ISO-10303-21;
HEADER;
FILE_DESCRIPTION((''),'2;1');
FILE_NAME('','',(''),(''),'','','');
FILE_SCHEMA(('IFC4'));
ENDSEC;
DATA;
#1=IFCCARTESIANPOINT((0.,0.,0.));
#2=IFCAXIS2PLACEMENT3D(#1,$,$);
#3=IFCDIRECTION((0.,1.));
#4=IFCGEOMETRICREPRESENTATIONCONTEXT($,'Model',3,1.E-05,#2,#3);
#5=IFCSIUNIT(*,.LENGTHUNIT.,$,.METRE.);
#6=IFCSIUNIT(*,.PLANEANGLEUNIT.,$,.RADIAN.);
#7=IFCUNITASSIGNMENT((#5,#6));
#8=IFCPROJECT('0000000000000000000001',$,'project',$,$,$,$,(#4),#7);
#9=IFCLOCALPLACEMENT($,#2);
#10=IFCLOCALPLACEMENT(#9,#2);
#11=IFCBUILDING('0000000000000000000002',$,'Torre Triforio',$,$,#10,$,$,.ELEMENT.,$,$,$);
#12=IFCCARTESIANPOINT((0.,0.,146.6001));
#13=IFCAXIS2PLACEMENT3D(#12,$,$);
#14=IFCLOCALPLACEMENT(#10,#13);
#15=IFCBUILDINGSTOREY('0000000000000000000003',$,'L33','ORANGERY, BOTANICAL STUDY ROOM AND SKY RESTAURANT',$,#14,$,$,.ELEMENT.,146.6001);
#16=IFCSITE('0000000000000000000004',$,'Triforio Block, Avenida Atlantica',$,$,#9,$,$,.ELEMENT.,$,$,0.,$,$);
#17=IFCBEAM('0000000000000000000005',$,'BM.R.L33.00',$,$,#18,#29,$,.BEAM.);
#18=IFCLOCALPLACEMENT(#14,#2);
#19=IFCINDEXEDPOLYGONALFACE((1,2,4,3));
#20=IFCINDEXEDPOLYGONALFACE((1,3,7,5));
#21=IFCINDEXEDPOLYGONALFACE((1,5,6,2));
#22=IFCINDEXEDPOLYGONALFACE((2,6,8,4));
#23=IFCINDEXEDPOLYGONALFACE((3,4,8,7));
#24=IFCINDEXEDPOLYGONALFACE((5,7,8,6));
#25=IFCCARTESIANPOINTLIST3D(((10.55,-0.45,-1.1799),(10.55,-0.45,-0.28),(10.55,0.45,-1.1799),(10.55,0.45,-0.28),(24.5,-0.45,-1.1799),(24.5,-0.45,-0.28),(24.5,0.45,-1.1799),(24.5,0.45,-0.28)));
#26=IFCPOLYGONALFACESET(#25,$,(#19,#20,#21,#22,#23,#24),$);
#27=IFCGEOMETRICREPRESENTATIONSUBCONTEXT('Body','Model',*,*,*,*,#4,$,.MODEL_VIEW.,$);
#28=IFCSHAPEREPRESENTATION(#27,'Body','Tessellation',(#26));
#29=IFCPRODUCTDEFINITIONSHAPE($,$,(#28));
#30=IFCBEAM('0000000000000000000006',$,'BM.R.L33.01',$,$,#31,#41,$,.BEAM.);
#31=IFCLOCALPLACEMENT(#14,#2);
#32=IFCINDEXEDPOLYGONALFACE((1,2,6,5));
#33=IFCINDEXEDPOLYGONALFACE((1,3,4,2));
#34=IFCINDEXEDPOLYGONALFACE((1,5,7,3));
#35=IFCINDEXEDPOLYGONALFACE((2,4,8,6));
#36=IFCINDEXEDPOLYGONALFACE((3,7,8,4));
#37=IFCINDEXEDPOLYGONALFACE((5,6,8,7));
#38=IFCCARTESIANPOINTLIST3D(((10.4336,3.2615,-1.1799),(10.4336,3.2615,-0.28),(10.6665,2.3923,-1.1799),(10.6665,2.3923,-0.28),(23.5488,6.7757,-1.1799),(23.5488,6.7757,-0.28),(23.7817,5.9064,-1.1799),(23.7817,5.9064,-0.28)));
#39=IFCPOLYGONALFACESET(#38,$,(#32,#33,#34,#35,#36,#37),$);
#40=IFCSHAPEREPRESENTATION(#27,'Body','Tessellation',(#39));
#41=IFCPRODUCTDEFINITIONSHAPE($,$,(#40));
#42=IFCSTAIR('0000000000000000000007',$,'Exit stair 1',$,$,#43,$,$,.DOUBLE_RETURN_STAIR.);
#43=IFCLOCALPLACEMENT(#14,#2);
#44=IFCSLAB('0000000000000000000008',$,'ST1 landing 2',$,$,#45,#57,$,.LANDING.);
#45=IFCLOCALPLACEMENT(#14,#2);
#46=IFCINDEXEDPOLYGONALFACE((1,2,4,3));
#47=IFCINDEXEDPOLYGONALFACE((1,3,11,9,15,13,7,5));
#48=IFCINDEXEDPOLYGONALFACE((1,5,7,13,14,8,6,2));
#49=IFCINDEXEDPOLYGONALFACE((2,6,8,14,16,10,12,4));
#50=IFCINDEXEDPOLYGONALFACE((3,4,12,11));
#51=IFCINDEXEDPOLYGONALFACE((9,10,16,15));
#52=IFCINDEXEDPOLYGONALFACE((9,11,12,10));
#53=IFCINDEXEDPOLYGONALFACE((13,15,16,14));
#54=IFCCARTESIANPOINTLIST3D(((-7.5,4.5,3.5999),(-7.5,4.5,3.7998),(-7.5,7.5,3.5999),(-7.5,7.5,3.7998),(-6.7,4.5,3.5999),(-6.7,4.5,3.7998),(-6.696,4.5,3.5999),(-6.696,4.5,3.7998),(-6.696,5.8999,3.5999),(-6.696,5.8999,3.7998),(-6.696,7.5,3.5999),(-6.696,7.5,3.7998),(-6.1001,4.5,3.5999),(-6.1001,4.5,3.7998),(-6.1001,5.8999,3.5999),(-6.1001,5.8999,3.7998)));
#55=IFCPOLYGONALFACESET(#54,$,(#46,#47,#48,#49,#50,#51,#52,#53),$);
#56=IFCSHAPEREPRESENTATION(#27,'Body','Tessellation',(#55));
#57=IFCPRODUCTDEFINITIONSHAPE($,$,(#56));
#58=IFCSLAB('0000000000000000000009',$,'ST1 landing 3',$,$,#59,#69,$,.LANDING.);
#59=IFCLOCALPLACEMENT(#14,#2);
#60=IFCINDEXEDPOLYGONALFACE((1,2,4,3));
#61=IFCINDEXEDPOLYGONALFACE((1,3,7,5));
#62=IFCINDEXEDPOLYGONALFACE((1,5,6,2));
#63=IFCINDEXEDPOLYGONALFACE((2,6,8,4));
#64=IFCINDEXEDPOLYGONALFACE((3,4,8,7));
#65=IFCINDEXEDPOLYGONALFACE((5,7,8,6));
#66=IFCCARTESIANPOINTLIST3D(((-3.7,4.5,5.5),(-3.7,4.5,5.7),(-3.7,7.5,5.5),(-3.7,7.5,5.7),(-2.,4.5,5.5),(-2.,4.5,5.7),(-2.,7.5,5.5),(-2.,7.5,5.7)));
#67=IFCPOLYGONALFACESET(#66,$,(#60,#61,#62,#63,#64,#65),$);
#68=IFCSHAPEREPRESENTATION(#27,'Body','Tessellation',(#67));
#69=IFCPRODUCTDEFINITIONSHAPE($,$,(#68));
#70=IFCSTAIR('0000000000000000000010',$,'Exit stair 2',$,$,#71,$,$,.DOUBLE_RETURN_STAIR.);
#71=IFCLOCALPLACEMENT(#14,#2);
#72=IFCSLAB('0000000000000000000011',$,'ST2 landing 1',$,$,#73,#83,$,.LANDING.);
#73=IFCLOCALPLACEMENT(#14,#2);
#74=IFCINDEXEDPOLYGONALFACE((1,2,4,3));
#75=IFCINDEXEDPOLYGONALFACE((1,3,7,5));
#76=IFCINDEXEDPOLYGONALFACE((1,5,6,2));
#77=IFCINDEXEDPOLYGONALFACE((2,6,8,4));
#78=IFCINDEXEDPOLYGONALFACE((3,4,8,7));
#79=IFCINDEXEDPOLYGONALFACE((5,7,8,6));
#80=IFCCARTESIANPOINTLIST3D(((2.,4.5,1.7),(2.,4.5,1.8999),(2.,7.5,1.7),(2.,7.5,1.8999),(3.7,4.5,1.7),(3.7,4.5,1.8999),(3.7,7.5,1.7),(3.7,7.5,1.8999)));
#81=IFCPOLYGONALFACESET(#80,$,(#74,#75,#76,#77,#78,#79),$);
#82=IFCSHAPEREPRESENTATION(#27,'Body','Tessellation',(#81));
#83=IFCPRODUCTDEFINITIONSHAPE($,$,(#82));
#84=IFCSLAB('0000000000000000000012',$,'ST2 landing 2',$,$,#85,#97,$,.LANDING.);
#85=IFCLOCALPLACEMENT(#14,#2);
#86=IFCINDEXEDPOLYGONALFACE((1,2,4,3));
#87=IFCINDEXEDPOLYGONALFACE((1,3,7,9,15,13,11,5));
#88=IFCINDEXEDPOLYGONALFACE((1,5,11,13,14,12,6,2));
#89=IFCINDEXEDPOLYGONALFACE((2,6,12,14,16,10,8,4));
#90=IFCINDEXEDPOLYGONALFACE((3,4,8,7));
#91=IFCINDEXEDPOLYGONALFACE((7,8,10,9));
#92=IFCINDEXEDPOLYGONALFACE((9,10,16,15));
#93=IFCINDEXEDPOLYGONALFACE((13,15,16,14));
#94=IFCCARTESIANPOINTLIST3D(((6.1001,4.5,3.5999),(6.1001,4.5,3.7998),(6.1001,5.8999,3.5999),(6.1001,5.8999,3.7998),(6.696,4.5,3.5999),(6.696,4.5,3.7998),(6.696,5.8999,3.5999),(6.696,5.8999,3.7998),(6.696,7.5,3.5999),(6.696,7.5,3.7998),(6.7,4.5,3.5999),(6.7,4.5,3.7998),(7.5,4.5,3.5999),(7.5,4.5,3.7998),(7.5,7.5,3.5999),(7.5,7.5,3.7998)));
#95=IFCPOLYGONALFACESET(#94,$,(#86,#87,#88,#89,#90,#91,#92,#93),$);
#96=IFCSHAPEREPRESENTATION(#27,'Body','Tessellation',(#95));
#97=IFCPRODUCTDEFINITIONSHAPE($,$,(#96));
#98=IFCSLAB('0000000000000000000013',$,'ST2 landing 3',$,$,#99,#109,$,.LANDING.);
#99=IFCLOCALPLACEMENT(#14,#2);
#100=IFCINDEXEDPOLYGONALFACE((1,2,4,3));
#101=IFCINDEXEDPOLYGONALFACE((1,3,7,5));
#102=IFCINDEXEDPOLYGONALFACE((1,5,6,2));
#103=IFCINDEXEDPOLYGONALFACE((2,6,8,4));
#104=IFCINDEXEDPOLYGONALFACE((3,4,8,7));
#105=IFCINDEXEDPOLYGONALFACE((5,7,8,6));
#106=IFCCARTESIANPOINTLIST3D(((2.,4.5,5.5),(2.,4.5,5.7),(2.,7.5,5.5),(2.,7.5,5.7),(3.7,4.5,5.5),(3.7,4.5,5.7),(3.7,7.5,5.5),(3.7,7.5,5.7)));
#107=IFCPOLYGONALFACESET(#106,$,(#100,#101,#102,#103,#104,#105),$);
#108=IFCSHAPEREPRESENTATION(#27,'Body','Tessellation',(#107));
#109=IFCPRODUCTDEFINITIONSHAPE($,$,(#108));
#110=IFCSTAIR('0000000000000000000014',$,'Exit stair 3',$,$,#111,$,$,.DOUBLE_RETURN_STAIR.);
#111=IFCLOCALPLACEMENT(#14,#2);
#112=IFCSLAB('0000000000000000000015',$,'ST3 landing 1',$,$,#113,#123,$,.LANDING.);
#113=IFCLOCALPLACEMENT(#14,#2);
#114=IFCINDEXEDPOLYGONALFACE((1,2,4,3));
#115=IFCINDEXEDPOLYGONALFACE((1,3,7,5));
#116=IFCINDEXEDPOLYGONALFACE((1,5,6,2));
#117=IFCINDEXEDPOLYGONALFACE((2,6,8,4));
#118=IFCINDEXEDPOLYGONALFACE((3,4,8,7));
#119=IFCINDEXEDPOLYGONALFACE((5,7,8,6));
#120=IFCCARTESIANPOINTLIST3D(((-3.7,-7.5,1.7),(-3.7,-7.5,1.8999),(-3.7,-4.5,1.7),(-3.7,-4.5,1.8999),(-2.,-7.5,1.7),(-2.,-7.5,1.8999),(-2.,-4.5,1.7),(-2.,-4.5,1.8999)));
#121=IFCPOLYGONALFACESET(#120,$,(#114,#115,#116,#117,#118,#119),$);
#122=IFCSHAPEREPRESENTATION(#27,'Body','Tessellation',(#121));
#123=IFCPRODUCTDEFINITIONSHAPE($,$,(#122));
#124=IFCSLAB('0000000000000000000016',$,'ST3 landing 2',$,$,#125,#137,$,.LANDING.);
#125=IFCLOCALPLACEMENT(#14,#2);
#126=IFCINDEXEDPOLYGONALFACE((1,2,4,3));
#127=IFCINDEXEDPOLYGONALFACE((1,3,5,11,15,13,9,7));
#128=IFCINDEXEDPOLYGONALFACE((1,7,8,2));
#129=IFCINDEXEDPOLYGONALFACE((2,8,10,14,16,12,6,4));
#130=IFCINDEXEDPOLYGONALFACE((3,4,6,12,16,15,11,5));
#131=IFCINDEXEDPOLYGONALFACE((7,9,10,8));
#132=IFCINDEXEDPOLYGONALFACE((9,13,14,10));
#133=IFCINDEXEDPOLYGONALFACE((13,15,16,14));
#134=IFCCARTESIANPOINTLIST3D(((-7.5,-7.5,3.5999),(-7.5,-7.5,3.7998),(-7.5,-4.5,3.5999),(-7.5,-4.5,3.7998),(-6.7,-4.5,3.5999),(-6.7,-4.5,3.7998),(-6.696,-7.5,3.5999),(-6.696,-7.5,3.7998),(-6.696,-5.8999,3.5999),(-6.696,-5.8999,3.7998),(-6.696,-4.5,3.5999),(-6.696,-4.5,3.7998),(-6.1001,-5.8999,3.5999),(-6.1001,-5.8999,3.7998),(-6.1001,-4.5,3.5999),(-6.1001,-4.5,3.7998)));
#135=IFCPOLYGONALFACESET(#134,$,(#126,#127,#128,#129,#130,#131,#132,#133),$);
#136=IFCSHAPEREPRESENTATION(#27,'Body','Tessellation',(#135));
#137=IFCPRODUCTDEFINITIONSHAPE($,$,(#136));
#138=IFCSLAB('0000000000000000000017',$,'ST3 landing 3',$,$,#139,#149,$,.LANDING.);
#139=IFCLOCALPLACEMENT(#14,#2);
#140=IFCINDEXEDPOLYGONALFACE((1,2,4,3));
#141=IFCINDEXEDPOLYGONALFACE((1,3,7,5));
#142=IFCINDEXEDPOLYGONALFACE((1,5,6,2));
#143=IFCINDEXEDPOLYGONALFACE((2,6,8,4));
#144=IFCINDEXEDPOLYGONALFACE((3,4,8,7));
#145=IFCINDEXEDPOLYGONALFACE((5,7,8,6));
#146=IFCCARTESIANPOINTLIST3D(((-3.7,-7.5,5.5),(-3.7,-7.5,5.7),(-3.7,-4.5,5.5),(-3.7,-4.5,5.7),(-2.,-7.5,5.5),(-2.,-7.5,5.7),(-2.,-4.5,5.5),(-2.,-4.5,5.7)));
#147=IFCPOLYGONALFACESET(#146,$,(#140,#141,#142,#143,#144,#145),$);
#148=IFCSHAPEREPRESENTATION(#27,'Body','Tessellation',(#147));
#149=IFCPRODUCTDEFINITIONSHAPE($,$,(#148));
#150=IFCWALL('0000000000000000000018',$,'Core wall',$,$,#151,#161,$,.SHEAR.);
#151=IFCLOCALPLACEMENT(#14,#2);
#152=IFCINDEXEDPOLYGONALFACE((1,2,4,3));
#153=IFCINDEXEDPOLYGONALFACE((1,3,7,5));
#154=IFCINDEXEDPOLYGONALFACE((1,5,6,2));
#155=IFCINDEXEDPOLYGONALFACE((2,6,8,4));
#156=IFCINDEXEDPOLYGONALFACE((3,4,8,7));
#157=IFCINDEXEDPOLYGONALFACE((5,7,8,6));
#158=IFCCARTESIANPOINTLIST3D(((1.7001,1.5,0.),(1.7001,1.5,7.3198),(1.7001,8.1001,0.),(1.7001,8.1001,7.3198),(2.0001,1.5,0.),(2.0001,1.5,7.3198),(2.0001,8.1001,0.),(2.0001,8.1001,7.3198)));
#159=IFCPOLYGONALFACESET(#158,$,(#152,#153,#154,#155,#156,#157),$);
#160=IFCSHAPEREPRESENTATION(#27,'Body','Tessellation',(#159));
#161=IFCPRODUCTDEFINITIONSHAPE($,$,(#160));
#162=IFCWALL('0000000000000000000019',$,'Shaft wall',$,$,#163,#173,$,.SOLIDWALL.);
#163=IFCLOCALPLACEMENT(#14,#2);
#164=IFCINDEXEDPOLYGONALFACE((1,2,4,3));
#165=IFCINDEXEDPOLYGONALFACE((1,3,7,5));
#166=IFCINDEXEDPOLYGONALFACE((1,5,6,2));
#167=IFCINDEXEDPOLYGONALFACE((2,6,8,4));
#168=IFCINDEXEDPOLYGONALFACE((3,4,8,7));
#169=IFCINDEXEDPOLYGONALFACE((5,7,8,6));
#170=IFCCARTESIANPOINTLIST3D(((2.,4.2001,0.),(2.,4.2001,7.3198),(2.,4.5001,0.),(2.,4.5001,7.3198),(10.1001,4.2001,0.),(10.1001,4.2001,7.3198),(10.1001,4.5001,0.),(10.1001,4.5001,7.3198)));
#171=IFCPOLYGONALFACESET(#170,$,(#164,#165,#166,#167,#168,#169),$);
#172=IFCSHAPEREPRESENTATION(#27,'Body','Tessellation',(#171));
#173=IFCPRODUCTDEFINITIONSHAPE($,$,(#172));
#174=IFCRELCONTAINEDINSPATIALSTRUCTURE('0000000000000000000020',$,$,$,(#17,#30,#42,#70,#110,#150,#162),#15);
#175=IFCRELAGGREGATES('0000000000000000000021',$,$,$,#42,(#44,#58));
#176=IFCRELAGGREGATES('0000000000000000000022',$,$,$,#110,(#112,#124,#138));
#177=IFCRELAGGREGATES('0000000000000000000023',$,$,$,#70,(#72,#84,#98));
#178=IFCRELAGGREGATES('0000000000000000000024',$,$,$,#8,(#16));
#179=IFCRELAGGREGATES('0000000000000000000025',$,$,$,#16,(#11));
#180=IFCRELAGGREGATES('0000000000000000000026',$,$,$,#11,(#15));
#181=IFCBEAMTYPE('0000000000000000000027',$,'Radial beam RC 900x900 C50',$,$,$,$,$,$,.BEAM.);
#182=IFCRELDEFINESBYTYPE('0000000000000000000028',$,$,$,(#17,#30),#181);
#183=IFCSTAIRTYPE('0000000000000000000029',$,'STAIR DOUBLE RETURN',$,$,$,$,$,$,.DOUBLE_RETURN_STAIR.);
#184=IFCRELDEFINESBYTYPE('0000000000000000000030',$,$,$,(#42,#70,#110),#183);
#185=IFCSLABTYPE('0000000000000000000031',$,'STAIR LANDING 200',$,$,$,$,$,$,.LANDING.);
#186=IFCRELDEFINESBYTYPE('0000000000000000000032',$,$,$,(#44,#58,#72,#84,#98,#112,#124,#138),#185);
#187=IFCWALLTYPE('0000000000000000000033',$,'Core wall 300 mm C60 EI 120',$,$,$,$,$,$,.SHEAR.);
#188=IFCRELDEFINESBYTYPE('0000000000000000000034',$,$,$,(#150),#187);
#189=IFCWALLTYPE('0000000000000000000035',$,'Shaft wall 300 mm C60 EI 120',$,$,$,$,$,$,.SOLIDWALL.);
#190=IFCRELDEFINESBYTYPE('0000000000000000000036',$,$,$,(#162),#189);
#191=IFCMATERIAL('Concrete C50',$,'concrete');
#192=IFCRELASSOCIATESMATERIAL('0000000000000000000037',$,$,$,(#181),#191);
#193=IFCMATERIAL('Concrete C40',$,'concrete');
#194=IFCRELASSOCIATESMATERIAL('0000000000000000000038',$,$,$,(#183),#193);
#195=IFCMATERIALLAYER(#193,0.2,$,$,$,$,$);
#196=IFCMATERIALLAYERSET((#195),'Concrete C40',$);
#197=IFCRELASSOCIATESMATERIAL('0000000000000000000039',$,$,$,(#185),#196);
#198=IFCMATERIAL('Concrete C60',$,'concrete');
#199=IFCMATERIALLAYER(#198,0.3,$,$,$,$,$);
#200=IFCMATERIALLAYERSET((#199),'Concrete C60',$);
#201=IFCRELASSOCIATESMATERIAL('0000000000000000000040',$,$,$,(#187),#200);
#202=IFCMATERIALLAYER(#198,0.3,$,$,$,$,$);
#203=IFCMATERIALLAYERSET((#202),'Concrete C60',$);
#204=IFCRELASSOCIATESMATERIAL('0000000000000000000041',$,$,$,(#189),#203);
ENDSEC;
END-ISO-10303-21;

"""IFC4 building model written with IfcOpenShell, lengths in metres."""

from ifc_helpers import new_model, si_unit, direction, frame, frame_2d, origin, origin_2d, place, context, subcontext, project, spatial, polyline, rectangle, outline, extrude, material, layer, layer_set, material_profile, profile_set, type_object, element, aggregate, save


model = new_model("IFC4")

# Units and contexts
model_context = context("Model", 3, precision=1e-05, world=origin(), true_north=direction((0.0, 1.0)))
body_context = subcontext(model_context, "Body", "Model", "MODEL_VIEW")
ifc_project = project(units=[si_unit("LENGTHUNIT", "METRE"), si_unit("PLANEANGLEUNIT", "RADIAN")], contexts=[model_context])

# Site, building, storey
site_placement = place(None, origin())
site = spatial("IfcSite", under=ifc_project, at=site_placement, Name="Triforio Block, Avenida Atlantica", CompositionType="ELEMENT", RefElevation=0.0)
building_placement = place(site_placement, origin())
building = spatial("IfcBuilding", under=site, at=building_placement, Name="Torre Triforio", CompositionType="ELEMENT")
storey_placement = place(building_placement, frame((0.0, 0.0, 146.6001)))
storey = spatial("IfcBuildingStorey", under=building, at=storey_placement, Name="L33", Description="ORANGERY, BOTANICAL STUDY ROOM AND SKY RESTAURANT", CompositionType="ELEMENT", Elevation=146.6001)

# Beams
ifc_material_1 = material(Name="Concrete C50", Category="concrete")
ifc_material_profile = material_profile(ifc_material_1, rectangle(XDim=0.8999, YDim=0.8999, at=origin_2d()), Name="RC 900x900")
ifc_profile_set = profile_set([ifc_material_profile], Name="Concrete C50")
beam_type = type_object("IfcBeamType", Name="Radial beam RC 900x900 C50", PredefinedType="BEAM", material=ifc_profile_set)
beam_1_placement = place(storey_placement, frame((10.55, 0.0, -0.73), z_axis=(1.0, 0.0, 0.0), x_axis=(0.0, 1.0, 0.0)))
element("IfcBeam", 1, at=beam_1_placement, inside=storey, type_object=beam_type, Name="BM.R.L33.00", PredefinedType="BEAM", context=body_context, shape_type="SweptSolid", body=[
    extrude(rectangle(XDim=0.8999, YDim=0.8999, at=origin_2d()), origin(), (0.0, 0.0, 1.0), 13.95),
])
beam_2_placement = place(storey_placement, frame((10.55, 2.8269, -0.73), z_axis=(0.965927, 0.258815, 0.0), x_axis=(-0.258815, 0.965927, 0.0)))
element("IfcBeam", 2, at=beam_2_placement, inside=storey, type_object=beam_type, Name="BM.R.L33.01", PredefinedType="BEAM", context=body_context, shape_type="SweptSolid", body=[
    extrude(rectangle(XDim=0.8999, YDim=0.8999, at=origin_2d()), origin(), (0.0, 0.0, 1.0), 13.5779),
])

# Stairs, slabs
ifc_material_2 = material(Name="Concrete C40", Category="concrete")
stair_type = type_object("IfcStairType", Name="STAIR DOUBLE RETURN", PredefinedType="DOUBLE_RETURN_STAIR", material=ifc_material_2)
stair_1_placement = place(storey_placement, origin())
stair_1 = element("IfcStair", 3, at=stair_1_placement, inside=storey, type_object=stair_type, Name="Exit stair 1", PredefinedType="DOUBLE_RETURN_STAIR")
ifc_layer_1 = layer(ifc_material_2, 0.2)
ifc_layer_set_1 = layer_set([ifc_layer_1], Name="Concrete C40")
slab_type = type_object("IfcSlabType", Name="STAIR LANDING 200", PredefinedType="LANDING", material=ifc_layer_set_1)
slab_1_placement = place(storey_placement, frame((0.0, 0.0, 3.5999)))
slab_1 = element("IfcSlab", 4, at=slab_1_placement, type_object=slab_type, Name="ST1 landing 2", PredefinedType="LANDING", context=body_context, shape_type="SweptSolid", body=[
    extrude(outline(polyline([(-6.1001, 5.8999), (-6.1001, 4.5), (-6.696, 4.5), (-6.7, 4.5), (-7.5, 4.5), (-7.5, 7.5), (-6.696, 7.5), (-6.696, 5.8999), (-6.1001, 5.8999)])), origin(), (0.0, 0.0, 1.0), 0.2),
])
slab_2_placement = place(storey_placement, frame((0.0, 0.0, 5.5)))
slab_2 = element("IfcSlab", 5, at=slab_2_placement, type_object=slab_type, Name="ST1 landing 3", PredefinedType="LANDING", context=body_context, shape_type="SweptSolid", body=[
    extrude(outline(polyline([(-2.0, 4.5), (-2.0, 7.5), (-3.7, 7.5), (-3.7, 4.5), (-2.0, 4.5)])), origin(), (0.0, 0.0, 1.0), 0.2),
])
aggregate(stair_1, [slab_1, slab_2])
stair_2_placement = place(storey_placement, origin())
stair_2 = element("IfcStair", 6, at=stair_2_placement, inside=storey, type_object=stair_type, Name="Exit stair 2", PredefinedType="DOUBLE_RETURN_STAIR")
slab_3_placement = place(storey_placement, frame((0.0, 0.0, 1.7)))
slab_3 = element("IfcSlab", 7, at=slab_3_placement, type_object=slab_type, Name="ST2 landing 1", PredefinedType="LANDING", context=body_context, shape_type="SweptSolid", body=[
    extrude(outline(polyline([(3.7, 4.5), (3.7, 7.5), (2.0, 7.5), (2.0, 4.5), (3.7, 4.5)])), origin(), (0.0, 0.0, 1.0), 0.2),
])
slab_4_placement = place(storey_placement, frame((0.0, 0.0, 3.5999)))
slab_4 = element("IfcSlab", 8, at=slab_4_placement, type_object=slab_type, Name="ST2 landing 2", PredefinedType="LANDING", context=body_context, shape_type="SweptSolid", body=[
    extrude(outline(polyline([(6.1001, 4.5), (6.1001, 5.8999), (6.696, 5.8999), (6.696, 7.5), (7.5, 7.5), (7.5, 4.5), (6.7, 4.5), (6.696, 4.5), (6.1001, 4.5)])), origin(), (0.0, 0.0, 1.0), 0.2),
])
slab_5_placement = place(storey_placement, frame((0.0, 0.0, 5.5)))
slab_5 = element("IfcSlab", 9, at=slab_5_placement, type_object=slab_type, Name="ST2 landing 3", PredefinedType="LANDING", context=body_context, shape_type="SweptSolid", body=[
    extrude(outline(polyline([(3.7, 4.5), (3.7, 7.5), (2.0, 7.5), (2.0, 4.5), (3.7, 4.5)])), origin(), (0.0, 0.0, 1.0), 0.2),
])
stair_3_placement = place(storey_placement, origin())
stair_3 = element("IfcStair", 10, at=stair_3_placement, inside=storey, type_object=stair_type, Name="Exit stair 3", PredefinedType="DOUBLE_RETURN_STAIR")
slab_6_placement = place(storey_placement, frame((0.0, 0.0, 1.7)))
slab_6 = element("IfcSlab", 11, at=slab_6_placement, type_object=slab_type, Name="ST3 landing 1", PredefinedType="LANDING", context=body_context, shape_type="SweptSolid", body=[
    extrude(outline(polyline([(-2.0, -7.5), (-2.0, -4.5), (-3.7, -4.5), (-3.7, -7.5), (-2.0, -7.5)])), origin(), (0.0, 0.0, 1.0), 0.2),
])
slab_7_placement = place(storey_placement, frame((0.0, 0.0, 3.5999)))
slab_7 = element("IfcSlab", 12, at=slab_7_placement, type_object=slab_type, Name="ST3 landing 2", PredefinedType="LANDING", context=body_context, shape_type="SweptSolid", body=[
    extrude(outline(polyline([(-6.696, -7.5), (-7.5, -7.5), (-7.5, -4.5), (-6.7, -4.5), (-6.696, -4.5), (-6.1001, -4.5), (-6.1001, -5.8999), (-6.696, -5.8999), (-6.696, -7.5)])), origin(), (0.0, 0.0, 1.0), 0.2),
])
slab_8_placement = place(storey_placement, frame((0.0, 0.0, 5.5)))
slab_8 = element("IfcSlab", 13, at=slab_8_placement, type_object=slab_type, Name="ST3 landing 3", PredefinedType="LANDING", context=body_context, shape_type="SweptSolid", body=[
    extrude(outline(polyline([(-2.0, -7.5), (-2.0, -4.5), (-3.7, -4.5), (-3.7, -7.5), (-2.0, -7.5)])), origin(), (0.0, 0.0, 1.0), 0.2),
])
aggregate(stair_3, [slab_6, slab_7, slab_8])

# Walls
ifc_material_3 = material(Name="Concrete C60", Category="concrete")
ifc_layer_2 = layer(ifc_material_3, 0.3)
ifc_layer_set_2 = layer_set([ifc_layer_2], Name="Concrete C60")
wall_type_1 = type_object("IfcWallType", Name="Core wall 300 mm C60 EI 120", PredefinedType="SHEAR", material=ifc_layer_set_2)
wall_1_placement = place(storey_placement, frame((1.8501, 1.5, 0.0), z_axis=(0.0, 0.0, 1.0), x_axis=(0.0, 1.0, 0.0)))
element("IfcWall", 14, at=wall_1_placement, inside=storey, type_object=wall_type_1, Name="Core wall", PredefinedType="SHEAR", context=body_context, shape_type="SweptSolid", body=[
    extrude(rectangle(XDim=6.6001, YDim=0.3, at=frame_2d((3.3, 0.0))), origin(), (0.0, 0.0, 1.0), 7.3198),
])
ifc_layer_3 = layer(ifc_material_3, 0.3)
ifc_layer_set_3 = layer_set([ifc_layer_3], Name="Concrete C60")
wall_type_2 = type_object("IfcWallType", Name="Shaft wall 300 mm C60 EI 120", PredefinedType="SOLIDWALL", material=ifc_layer_set_3)
wall_2_placement = place(storey_placement, frame((2.0, 4.3501, 0.0), z_axis=(0.0, 0.0, 1.0), x_axis=(1.0, 0.0, 0.0)))
element("IfcWall", 15, at=wall_2_placement, inside=storey, type_object=wall_type_2, Name="Shaft wall", PredefinedType="SOLIDWALL", context=body_context, shape_type="SweptSolid", body=[
    extrude(rectangle(XDim=8.1001, YDim=0.3, at=frame_2d((4.05, 0.0))), origin(), (0.0, 0.0, 1.0), 7.3198),
])

aggregate(stair_2, [slab_3, slab_4, slab_5])

save(model, "model.ifc")
